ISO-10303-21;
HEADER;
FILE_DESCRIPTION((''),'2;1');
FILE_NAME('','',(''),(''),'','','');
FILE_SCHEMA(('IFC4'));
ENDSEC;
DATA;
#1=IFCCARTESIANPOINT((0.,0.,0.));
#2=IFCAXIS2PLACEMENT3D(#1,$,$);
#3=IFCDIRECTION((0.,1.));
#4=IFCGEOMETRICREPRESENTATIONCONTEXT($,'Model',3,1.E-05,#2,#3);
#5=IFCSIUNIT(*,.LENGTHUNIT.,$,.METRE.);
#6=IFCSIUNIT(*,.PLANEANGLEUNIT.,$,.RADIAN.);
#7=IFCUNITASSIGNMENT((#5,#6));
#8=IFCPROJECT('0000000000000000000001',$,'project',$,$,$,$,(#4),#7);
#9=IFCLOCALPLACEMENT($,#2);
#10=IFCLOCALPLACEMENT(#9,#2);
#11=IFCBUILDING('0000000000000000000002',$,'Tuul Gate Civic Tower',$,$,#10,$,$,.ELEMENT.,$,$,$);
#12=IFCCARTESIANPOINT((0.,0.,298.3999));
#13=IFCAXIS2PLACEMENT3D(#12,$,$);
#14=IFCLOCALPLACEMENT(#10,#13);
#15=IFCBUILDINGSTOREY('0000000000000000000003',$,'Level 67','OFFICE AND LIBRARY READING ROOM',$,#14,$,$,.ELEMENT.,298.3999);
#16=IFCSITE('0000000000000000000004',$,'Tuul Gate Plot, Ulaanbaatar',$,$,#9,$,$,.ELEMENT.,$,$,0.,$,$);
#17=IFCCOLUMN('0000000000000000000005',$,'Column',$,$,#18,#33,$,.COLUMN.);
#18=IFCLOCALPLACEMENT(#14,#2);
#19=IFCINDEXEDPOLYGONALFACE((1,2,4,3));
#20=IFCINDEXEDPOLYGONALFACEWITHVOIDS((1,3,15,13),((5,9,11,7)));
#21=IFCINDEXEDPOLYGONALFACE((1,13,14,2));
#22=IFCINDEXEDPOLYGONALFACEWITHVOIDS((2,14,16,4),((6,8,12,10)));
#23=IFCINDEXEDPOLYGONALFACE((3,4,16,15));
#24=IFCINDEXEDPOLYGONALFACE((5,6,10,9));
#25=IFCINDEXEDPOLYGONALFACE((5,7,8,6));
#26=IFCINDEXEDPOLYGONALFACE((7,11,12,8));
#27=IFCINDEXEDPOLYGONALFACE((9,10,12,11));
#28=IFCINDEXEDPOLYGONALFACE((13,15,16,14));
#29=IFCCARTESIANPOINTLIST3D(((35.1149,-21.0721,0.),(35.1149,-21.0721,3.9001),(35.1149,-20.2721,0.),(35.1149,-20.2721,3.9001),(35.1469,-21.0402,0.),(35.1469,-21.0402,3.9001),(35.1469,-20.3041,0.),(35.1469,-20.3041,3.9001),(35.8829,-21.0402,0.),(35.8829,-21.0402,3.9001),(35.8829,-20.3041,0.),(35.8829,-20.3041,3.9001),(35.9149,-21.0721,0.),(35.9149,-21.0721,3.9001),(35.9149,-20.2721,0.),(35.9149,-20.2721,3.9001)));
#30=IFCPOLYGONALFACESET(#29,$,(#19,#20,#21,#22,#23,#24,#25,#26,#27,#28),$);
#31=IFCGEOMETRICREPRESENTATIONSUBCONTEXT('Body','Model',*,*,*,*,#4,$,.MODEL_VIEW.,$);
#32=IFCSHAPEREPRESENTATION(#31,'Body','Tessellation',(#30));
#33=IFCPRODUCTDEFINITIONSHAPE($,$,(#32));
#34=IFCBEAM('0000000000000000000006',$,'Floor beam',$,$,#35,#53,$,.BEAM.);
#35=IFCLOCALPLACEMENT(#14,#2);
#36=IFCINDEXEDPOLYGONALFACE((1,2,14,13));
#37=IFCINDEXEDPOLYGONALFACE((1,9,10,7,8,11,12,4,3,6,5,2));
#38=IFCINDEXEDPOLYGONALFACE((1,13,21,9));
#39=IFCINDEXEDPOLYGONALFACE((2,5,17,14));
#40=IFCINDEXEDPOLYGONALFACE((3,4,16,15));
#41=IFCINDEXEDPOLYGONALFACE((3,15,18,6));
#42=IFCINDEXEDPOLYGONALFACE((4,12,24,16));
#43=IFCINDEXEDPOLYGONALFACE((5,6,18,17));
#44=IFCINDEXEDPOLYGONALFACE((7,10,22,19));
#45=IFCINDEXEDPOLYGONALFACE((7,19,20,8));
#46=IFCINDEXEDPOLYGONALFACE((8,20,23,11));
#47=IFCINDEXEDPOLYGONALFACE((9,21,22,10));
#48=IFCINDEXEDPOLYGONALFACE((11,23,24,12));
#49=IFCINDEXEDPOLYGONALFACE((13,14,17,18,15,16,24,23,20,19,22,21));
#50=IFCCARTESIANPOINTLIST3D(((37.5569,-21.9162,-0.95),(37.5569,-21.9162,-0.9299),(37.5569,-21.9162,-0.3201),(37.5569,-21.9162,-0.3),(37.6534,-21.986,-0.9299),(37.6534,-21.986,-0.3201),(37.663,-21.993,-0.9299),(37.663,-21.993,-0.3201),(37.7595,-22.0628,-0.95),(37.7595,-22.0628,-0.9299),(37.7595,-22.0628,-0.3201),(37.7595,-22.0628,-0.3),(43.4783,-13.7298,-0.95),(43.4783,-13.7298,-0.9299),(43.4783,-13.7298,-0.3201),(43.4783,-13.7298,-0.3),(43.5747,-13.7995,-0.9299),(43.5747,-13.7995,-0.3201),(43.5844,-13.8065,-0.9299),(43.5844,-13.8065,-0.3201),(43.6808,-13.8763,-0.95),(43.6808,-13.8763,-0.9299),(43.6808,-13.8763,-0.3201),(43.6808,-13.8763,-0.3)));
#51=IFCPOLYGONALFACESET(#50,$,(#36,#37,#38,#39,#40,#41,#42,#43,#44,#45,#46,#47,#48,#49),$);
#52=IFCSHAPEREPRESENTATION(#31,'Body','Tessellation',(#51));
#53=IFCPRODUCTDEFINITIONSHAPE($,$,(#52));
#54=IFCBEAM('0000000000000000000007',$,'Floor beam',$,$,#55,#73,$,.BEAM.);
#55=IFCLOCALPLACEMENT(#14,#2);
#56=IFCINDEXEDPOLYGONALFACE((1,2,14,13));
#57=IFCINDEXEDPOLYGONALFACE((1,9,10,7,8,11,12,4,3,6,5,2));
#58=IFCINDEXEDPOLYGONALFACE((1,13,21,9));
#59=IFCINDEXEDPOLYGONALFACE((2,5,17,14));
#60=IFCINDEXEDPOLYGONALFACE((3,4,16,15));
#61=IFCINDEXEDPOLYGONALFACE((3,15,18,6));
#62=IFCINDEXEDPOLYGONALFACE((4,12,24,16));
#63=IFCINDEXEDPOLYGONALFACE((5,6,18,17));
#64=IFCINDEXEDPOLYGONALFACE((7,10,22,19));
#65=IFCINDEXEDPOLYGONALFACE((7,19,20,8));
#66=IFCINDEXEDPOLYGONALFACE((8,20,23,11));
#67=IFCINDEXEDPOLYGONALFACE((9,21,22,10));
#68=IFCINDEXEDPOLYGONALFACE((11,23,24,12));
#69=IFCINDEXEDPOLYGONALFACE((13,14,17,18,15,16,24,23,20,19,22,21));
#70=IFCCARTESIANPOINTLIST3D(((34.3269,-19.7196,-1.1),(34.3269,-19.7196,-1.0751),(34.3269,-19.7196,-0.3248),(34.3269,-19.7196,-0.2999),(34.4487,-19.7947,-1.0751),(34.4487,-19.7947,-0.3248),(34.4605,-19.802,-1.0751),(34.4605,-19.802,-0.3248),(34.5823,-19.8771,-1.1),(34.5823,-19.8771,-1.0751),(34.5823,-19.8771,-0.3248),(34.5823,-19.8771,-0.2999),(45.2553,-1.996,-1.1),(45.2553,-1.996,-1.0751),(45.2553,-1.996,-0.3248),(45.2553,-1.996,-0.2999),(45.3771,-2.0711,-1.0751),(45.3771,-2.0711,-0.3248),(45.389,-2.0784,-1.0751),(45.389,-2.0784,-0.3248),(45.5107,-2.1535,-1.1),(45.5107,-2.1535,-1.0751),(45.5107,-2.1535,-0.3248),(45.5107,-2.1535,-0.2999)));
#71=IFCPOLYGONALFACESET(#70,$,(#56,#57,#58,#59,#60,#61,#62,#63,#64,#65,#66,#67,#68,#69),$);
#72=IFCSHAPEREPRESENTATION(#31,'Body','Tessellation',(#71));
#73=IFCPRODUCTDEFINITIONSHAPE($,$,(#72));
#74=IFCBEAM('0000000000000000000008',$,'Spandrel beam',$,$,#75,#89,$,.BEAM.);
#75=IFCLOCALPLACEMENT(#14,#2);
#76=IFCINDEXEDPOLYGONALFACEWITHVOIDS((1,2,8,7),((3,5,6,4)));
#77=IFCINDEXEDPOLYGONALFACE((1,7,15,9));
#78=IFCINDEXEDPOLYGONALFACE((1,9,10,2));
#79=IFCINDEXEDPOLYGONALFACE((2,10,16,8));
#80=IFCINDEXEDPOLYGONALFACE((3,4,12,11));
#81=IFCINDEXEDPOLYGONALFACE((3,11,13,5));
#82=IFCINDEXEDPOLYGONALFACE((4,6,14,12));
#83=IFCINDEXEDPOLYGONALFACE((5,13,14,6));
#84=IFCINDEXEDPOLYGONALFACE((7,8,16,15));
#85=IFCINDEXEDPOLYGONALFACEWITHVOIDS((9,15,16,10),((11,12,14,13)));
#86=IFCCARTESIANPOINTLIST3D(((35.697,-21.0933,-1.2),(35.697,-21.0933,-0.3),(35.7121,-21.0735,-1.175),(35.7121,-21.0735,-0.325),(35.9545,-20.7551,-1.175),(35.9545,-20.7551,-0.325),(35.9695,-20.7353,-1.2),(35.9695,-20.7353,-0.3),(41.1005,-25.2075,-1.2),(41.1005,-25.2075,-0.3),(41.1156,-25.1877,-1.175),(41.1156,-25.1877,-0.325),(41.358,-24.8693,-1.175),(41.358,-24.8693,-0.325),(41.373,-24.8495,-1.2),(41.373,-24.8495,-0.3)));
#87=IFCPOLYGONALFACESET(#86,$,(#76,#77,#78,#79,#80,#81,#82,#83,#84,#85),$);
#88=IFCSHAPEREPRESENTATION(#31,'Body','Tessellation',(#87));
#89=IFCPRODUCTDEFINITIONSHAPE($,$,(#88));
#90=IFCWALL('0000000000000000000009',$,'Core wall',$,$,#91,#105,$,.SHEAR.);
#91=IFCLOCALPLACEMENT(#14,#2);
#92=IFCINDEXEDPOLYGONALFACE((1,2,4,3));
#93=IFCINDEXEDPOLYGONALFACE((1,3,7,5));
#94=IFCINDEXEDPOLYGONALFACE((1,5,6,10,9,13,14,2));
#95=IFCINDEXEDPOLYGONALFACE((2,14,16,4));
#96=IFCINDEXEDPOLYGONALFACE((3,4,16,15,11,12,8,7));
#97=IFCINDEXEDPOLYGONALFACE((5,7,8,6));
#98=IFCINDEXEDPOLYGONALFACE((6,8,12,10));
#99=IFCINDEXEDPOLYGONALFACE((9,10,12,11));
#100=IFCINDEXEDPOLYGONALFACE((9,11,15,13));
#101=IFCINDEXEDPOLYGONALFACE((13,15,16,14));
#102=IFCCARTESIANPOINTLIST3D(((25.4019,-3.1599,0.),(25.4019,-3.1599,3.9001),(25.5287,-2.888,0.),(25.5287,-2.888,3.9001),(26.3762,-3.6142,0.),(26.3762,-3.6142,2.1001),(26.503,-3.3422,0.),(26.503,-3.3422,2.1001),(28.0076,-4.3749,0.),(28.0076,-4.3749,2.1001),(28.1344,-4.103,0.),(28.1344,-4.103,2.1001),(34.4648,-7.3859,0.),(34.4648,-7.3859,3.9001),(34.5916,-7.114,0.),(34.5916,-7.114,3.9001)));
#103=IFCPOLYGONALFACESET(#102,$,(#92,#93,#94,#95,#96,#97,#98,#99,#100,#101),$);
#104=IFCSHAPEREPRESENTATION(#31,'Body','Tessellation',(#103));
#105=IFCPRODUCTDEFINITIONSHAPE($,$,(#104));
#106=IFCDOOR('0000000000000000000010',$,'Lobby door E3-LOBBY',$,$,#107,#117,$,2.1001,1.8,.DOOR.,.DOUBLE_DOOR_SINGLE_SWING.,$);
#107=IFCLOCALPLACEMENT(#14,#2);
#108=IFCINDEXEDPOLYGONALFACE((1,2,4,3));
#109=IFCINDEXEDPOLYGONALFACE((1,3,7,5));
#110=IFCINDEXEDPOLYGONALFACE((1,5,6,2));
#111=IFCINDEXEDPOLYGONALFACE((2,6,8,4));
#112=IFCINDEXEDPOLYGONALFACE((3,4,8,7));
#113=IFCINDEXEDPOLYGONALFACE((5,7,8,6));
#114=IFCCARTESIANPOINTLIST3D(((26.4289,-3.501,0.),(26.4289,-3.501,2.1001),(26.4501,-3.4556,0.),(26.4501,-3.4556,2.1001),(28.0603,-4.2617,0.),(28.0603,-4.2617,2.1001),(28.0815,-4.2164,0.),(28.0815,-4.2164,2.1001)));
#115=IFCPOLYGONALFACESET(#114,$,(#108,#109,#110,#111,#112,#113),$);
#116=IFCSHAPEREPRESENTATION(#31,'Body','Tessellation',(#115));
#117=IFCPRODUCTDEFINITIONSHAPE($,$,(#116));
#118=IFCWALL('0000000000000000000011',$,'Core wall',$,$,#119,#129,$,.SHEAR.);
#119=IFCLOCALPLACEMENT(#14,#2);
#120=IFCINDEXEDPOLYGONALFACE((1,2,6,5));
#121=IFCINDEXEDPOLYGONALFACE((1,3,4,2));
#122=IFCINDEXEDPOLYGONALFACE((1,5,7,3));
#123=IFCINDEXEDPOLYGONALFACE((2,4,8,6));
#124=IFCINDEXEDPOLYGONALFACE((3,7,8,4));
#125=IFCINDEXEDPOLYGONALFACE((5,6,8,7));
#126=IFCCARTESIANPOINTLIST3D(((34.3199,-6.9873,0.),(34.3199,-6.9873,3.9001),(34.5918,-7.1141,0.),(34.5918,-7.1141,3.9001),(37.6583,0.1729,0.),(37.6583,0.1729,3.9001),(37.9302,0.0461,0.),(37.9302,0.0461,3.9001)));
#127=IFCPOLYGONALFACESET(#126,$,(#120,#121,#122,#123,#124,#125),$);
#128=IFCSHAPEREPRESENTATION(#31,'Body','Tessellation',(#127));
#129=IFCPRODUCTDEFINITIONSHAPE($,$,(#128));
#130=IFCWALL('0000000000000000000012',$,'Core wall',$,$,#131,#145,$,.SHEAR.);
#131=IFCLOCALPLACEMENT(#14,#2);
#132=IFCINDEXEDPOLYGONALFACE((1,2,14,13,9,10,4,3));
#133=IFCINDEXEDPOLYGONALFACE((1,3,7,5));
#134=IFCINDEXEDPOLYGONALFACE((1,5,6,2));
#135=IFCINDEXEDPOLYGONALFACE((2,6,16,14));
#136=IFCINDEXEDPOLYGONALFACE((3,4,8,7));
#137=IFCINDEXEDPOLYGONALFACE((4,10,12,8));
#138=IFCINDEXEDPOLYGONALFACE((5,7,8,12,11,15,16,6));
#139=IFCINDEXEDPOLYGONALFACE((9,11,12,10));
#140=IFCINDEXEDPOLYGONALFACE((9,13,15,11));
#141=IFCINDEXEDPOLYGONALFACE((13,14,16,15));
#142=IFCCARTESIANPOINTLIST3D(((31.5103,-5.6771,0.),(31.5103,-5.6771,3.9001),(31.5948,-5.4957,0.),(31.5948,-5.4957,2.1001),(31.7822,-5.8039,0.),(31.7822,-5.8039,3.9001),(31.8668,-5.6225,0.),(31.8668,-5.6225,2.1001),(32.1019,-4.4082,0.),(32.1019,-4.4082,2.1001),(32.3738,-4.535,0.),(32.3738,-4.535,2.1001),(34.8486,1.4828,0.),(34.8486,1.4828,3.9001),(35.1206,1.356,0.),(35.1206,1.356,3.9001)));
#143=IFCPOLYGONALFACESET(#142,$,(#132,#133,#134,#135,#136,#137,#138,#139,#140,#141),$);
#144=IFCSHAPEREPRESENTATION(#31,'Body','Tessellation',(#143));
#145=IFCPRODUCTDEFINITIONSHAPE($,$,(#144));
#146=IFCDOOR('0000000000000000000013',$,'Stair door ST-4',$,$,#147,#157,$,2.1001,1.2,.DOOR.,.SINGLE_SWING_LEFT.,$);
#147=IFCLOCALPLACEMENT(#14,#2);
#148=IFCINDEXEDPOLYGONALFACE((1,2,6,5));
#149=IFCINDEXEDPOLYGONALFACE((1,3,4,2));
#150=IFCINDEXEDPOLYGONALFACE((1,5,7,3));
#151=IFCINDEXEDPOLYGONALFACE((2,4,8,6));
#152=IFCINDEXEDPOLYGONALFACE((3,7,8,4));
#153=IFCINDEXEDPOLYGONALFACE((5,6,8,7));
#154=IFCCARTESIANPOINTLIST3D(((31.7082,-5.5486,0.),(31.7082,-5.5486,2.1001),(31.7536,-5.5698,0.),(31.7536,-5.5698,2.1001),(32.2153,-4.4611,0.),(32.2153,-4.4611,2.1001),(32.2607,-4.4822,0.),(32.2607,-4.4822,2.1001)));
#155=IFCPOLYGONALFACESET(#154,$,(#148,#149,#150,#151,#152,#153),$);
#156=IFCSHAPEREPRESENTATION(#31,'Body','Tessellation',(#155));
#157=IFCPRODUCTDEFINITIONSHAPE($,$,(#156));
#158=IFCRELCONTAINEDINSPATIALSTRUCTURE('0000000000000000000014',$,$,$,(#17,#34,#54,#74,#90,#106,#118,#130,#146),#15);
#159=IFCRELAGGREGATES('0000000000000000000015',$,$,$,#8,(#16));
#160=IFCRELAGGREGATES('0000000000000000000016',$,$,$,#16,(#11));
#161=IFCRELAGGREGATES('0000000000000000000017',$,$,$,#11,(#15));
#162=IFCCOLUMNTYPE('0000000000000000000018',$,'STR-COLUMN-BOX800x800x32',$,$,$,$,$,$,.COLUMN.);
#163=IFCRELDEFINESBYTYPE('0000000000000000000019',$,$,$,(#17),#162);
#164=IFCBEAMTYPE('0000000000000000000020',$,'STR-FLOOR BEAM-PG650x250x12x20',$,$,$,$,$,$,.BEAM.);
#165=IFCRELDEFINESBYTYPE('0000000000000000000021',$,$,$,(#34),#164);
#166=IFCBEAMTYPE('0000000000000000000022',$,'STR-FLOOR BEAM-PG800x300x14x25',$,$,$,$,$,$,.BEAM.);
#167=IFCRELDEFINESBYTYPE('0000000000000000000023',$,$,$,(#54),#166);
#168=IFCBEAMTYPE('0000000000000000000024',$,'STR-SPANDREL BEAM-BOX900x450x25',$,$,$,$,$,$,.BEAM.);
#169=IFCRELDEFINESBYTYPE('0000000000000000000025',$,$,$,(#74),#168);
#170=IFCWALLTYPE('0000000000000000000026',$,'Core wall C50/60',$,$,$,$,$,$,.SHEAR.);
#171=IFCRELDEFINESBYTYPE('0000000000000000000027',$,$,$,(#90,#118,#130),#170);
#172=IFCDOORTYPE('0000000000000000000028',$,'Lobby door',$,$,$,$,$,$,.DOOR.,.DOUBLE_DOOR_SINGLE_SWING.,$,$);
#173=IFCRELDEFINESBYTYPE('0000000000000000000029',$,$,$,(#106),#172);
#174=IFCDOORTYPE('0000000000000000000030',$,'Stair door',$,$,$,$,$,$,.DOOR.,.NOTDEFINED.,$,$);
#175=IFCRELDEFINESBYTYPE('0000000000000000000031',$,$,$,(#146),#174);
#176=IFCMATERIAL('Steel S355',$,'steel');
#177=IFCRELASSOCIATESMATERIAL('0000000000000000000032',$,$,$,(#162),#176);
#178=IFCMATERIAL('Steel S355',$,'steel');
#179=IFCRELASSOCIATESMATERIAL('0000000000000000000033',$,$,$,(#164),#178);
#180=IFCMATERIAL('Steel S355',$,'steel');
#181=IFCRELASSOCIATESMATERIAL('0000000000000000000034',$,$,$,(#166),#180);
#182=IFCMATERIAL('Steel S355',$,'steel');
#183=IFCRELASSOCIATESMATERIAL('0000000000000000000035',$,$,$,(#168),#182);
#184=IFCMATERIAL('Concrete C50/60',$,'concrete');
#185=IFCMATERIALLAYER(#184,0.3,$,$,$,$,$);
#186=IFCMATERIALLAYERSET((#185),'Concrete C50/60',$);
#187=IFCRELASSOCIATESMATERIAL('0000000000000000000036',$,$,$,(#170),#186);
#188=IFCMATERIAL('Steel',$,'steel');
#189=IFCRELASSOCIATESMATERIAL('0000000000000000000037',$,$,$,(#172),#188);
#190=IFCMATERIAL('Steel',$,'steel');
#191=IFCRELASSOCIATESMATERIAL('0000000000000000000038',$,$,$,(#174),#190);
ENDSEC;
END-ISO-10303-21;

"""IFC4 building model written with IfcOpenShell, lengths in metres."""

from ifc_helpers import new_model, si_unit, direction, frame, frame_2d, origin, origin_2d, place, context, subcontext, project, spatial, rectangle, hollow_rectangle, i_section, extrude, material, layer, layer_set, material_profile, profile_set, type_object, element, fill, save


model = new_model("IFC4")

# Units and contexts
model_context = context("Model", 3, precision=1e-05, world=origin(), true_north=direction((0.0, 1.0)))
body_context = subcontext(model_context, "Body", "Model", "MODEL_VIEW")
ifc_project = project(units=[si_unit("LENGTHUNIT", "METRE"), si_unit("PLANEANGLEUNIT", "RADIAN")], contexts=[model_context])

# Site, building, storey
site_placement = place(None, origin())
site = spatial("IfcSite", under=ifc_project, at=site_placement, Name="Tuul Gate Plot, Ulaanbaatar", CompositionType="ELEMENT", RefElevation=0.0)
building_placement = place(site_placement, origin())
building = spatial("IfcBuilding", under=site, at=building_placement, Name="Tuul Gate Civic Tower", CompositionType="ELEMENT")
storey_placement = place(building_placement, frame((0.0, 0.0, 298.3999)))
storey = spatial("IfcBuildingStorey", under=building, at=storey_placement, Name="Level 67", Description="OFFICE AND LIBRARY READING ROOM", CompositionType="ELEMENT", Elevation=298.3999)

# Column
ifc_material_1 = material(Name="Steel S355", Category="steel")
ifc_material_profile_1 = material_profile(ifc_material_1, hollow_rectangle(XDim=0.8, YDim=0.8, WallThickness=0.032, at=origin_2d()), Name="BOX800x800x32")
ifc_profile_set_1 = profile_set([ifc_material_profile_1], Name="Steel S355")
column_type = type_object("IfcColumnType", Name="STR-COLUMN-BOX800x800x32", PredefinedType="COLUMN", material=ifc_profile_set_1)
column_placement = place(storey_placement, frame((35.5149, -20.6721, 0.0), z_axis=(0.0, 0.0, 1.0), x_axis=(1.0, 0.0, 0.0)))
element("IfcColumn", 1, at=column_placement, inside=storey, type_object=column_type, Name="Column", PredefinedType="COLUMN", context=body_context, shape_type="SweptSolid", body=[
    extrude(hollow_rectangle(XDim=0.8, YDim=0.8, WallThickness=0.032, at=origin_2d()), origin(), (0.0, 0.0, 1.0), 3.9001),
])

# Beams
ifc_material_2 = material(Name="Steel S355", Category="steel")
ifc_material_profile_2 = material_profile(ifc_material_2, i_section(OverallWidth=0.25, OverallDepth=0.6499, WebThickness=0.012, FlangeThickness=0.02, at=origin_2d()), Name="PG650x250x12x20")
ifc_profile_set_2 = profile_set([ifc_material_profile_2], Name="Steel S355")
beam_type_1 = type_object("IfcBeamType", Name="STR-FLOOR BEAM-PG650x250x12x20", PredefinedType="BEAM", material=ifc_profile_set_2)
beam_1_placement = place(storey_placement, frame((37.6582, -21.9895, -0.625), z_axis=(0.586069, 0.810261, 0.0), x_axis=(-0.810261, 0.586069, 0.0)))
element("IfcBeam", 2, at=beam_1_placement, inside=storey, type_object=beam_type_1, Name="Floor beam", PredefinedType="BEAM", context=body_context, shape_type="SweptSolid", body=[
    extrude(i_section(OverallWidth=0.25, OverallDepth=0.6499, WebThickness=0.012, FlangeThickness=0.02, at=origin_2d()), origin(), (0.0, 0.0, 1.0), 10.1035),
])
ifc_material_3 = material(Name="Steel S355", Category="steel")
ifc_material_profile_3 = material_profile(ifc_material_3, i_section(OverallWidth=0.3, OverallDepth=0.8, WebThickness=0.0139, FlangeThickness=0.0249, at=origin_2d()), Name="PG800x300x14x25")
ifc_profile_set_3 = profile_set([ifc_material_profile_3], Name="Steel S355")
beam_type_2 = type_object("IfcBeamType", Name="STR-FLOOR BEAM-PG800x300x14x25", PredefinedType="BEAM", material=ifc_profile_set_3)
beam_2_placement = place(storey_placement, frame((34.4546, -19.7983, -0.7), z_axis=(0.52485, 0.851195, 0.0), x_axis=(-0.851195, 0.52485, 0.0)))
element("IfcBeam", 3, at=beam_2_placement, inside=storey, type_object=beam_type_2, Name="Floor beam", PredefinedType="BEAM", context=body_context, shape_type="SweptSolid", body=[
    extrude(i_section(OverallWidth=0.3, OverallDepth=0.8, WebThickness=0.0139, FlangeThickness=0.0249, at=origin_2d()), origin(), (0.0, 0.0, 1.0), 20.822),
])
ifc_material_4 = material(Name="Steel S355", Category="steel")
ifc_material_profile_4 = material_profile(ifc_material_4, hollow_rectangle(XDim=0.45, YDim=0.8999, WallThickness=0.0249, at=origin_2d()), Name="BOX900x450x25")
ifc_profile_set_4 = profile_set([ifc_material_profile_4], Name="Steel S355")
beam_type_3 = type_object("IfcBeamType", Name="STR-SPANDREL BEAM-BOX900x450x25", PredefinedType="BEAM", material=ifc_profile_set_4)
beam_3_placement = place(storey_placement, frame((35.8333, -20.9143, -0.75), z_axis=(0.795626, -0.605788, 0.0), x_axis=(0.605788, 0.795626, 0.0)))
element("IfcBeam", 4, at=beam_3_placement, inside=storey, type_object=beam_type_3, Name="Spandrel beam", PredefinedType="BEAM", context=body_context, shape_type="SweptSolid", body=[
    extrude(hollow_rectangle(XDim=0.45, YDim=0.8999, WallThickness=0.0249, at=origin_2d()), origin(), (0.0, 0.0, 1.0), 6.7915),
])

# Wall, opening, door
ifc_material_5 = material(Name="Concrete C50/60", Category="concrete")
ifc_layer_1 = layer(ifc_material_5, 0.3)
ifc_layer_set_1 = layer_set([ifc_layer_1], Name="Concrete C50/60")
wall_type_1 = type_object("IfcWallType", Name="Core wall C50/60", PredefinedType="SHEAR", material=ifc_layer_set_1)
wall_1_placement = place(storey_placement, frame((34.5283, -7.25, 0.0), z_axis=(0.0, 0.0, 1.0), x_axis=(-0.90631, 0.422613, 0.0)))
wall_1 = element("IfcWall", 5, at=wall_1_placement, inside=storey, type_object=wall_type_1, Name="Core wall", PredefinedType="SHEAR", context=body_context, shape_type="SweptSolid", body=[
    extrude(rectangle(XDim=9.9998, YDim=0.3, at=frame_2d((5.0, 0.0))), origin(), (0.0, 0.0, 1.0), 3.9001),
])
opening_1_placement = place(wall_1_placement, frame((7.125, 0.0, 0.0)))
opening_1 = element("IfcOpeningElement", 6, at=opening_1_placement, cuts=wall_1, PredefinedType="OPENING", context=body_context, shape_type="SweptSolid", body=[
    extrude(rectangle(XDim=1.8, YDim=2.1001, at=frame_2d((0.8999, 1.05))), frame((0.0, 0.1602, 0.0), z_axis=(0.0, -1.0, 0.0), x_axis=(1.0, 0.0, 0.0)), (0.0, 0.0, 1.0), 0.3201),
])
ifc_material_6 = material(Name="Steel", Category="steel")
door_type_1 = type_object("IfcDoorType", Name="Lobby door", OperationType="DOUBLE_DOOR_SINGLE_SWING", PredefinedType="DOOR", material=ifc_material_6)
door_1_placement = place(opening_1_placement, frame((1.8, 0.0, 0.0), z_axis=(0.0, 0.0, 1.0), x_axis=(-1.0, 0.0, 0.0)))
door_1 = element("IfcDoor", 7, at=door_1_placement, inside=storey, type_object=door_type_1, Name="Lobby door E3-LOBBY", OperationType="DOUBLE_DOOR_SINGLE_SWING", OverallHeight=2.1001, OverallWidth=1.8, PredefinedType="DOOR", context=body_context, shape_type="SweptSolid", body=[
    extrude(rectangle(XDim=1.8, YDim=2.1001, at=frame_2d((0.9001, 1.05))), frame((0.0, 0.0249, 0.0), z_axis=(0.0, -1.0, 0.0), x_axis=(1.0, 0.0, 0.0)), (0.0, 0.0, 1.0), 0.05),
])
fill(opening_1, door_1)

# Wall
wall_2_placement = place(storey_placement, frame((34.4558, -7.0508, 0.0), z_axis=(0.0, 0.0, 1.0), x_axis=(0.422571, 0.90633, 0.0)))
element("IfcWall", 8, at=wall_2_placement, inside=storey, type_object=wall_type_1, Name="Core wall", PredefinedType="SHEAR", context=body_context, shape_type="SweptSolid", body=[
    extrude(rectangle(XDim=7.9001, YDim=0.3, at=frame_2d((3.9502, 0.0))), origin(), (0.0, 0.0, 1.0), 3.9001),
])

# Wall, opening, door
wall_3_placement = place(storey_placement, frame((31.6462, -5.7405, 0.0), z_axis=(0.0, 0.0, 1.0), x_axis=(0.422583, 0.906324, 0.0)))
wall_3 = element("IfcWall", 9, at=wall_3_placement, inside=storey, type_object=wall_type_1, Name="Core wall", PredefinedType="SHEAR", context=body_context, shape_type="SweptSolid", body=[
    extrude(rectangle(XDim=7.8999, YDim=0.3, at=frame_2d((3.95, 0.0))), origin(), (0.0, 0.0, 1.0), 3.9001),
])
opening_2_placement = place(wall_3_placement, frame((0.2, 0.0, 0.0)))
opening_2 = element("IfcOpeningElement", 10, at=opening_2_placement, cuts=wall_3, PredefinedType="OPENING", context=body_context, shape_type="SweptSolid", body=[
    extrude(rectangle(XDim=1.2, YDim=2.1001, at=frame_2d((0.6001, 1.05))), frame((0.0, 0.1602, 0.0), z_axis=(0.0, -1.0, 0.0), x_axis=(1.0, 0.0, 0.0)), (0.0, 0.0, 1.0), 0.3201),
])
ifc_material_7 = material(Name="Steel", Category="steel")
door_type_2 = type_object("IfcDoorType", Name="Stair door", OperationType="NOTDEFINED", PredefinedType="DOOR", material=ifc_material_7)
door_2_placement = place(opening_2_placement, origin())
door_2 = element("IfcDoor", 11, at=door_2_placement, inside=storey, type_object=door_type_2, Name="Stair door ST-4", OperationType="SINGLE_SWING_LEFT", OverallHeight=2.1001, OverallWidth=1.2, PredefinedType="DOOR", context=body_context, shape_type="SweptSolid", body=[
    extrude(rectangle(XDim=1.2, YDim=2.1001, at=frame_2d((0.6001, 1.05))), frame((0.0, 0.0249, 0.0), z_axis=(0.0, -1.0, 0.0), x_axis=(1.0, 0.0, 0.0)), (0.0, 0.0, 1.0), 0.05),
])
fill(opening_2, door_2)

save(model, "model.ifc")
